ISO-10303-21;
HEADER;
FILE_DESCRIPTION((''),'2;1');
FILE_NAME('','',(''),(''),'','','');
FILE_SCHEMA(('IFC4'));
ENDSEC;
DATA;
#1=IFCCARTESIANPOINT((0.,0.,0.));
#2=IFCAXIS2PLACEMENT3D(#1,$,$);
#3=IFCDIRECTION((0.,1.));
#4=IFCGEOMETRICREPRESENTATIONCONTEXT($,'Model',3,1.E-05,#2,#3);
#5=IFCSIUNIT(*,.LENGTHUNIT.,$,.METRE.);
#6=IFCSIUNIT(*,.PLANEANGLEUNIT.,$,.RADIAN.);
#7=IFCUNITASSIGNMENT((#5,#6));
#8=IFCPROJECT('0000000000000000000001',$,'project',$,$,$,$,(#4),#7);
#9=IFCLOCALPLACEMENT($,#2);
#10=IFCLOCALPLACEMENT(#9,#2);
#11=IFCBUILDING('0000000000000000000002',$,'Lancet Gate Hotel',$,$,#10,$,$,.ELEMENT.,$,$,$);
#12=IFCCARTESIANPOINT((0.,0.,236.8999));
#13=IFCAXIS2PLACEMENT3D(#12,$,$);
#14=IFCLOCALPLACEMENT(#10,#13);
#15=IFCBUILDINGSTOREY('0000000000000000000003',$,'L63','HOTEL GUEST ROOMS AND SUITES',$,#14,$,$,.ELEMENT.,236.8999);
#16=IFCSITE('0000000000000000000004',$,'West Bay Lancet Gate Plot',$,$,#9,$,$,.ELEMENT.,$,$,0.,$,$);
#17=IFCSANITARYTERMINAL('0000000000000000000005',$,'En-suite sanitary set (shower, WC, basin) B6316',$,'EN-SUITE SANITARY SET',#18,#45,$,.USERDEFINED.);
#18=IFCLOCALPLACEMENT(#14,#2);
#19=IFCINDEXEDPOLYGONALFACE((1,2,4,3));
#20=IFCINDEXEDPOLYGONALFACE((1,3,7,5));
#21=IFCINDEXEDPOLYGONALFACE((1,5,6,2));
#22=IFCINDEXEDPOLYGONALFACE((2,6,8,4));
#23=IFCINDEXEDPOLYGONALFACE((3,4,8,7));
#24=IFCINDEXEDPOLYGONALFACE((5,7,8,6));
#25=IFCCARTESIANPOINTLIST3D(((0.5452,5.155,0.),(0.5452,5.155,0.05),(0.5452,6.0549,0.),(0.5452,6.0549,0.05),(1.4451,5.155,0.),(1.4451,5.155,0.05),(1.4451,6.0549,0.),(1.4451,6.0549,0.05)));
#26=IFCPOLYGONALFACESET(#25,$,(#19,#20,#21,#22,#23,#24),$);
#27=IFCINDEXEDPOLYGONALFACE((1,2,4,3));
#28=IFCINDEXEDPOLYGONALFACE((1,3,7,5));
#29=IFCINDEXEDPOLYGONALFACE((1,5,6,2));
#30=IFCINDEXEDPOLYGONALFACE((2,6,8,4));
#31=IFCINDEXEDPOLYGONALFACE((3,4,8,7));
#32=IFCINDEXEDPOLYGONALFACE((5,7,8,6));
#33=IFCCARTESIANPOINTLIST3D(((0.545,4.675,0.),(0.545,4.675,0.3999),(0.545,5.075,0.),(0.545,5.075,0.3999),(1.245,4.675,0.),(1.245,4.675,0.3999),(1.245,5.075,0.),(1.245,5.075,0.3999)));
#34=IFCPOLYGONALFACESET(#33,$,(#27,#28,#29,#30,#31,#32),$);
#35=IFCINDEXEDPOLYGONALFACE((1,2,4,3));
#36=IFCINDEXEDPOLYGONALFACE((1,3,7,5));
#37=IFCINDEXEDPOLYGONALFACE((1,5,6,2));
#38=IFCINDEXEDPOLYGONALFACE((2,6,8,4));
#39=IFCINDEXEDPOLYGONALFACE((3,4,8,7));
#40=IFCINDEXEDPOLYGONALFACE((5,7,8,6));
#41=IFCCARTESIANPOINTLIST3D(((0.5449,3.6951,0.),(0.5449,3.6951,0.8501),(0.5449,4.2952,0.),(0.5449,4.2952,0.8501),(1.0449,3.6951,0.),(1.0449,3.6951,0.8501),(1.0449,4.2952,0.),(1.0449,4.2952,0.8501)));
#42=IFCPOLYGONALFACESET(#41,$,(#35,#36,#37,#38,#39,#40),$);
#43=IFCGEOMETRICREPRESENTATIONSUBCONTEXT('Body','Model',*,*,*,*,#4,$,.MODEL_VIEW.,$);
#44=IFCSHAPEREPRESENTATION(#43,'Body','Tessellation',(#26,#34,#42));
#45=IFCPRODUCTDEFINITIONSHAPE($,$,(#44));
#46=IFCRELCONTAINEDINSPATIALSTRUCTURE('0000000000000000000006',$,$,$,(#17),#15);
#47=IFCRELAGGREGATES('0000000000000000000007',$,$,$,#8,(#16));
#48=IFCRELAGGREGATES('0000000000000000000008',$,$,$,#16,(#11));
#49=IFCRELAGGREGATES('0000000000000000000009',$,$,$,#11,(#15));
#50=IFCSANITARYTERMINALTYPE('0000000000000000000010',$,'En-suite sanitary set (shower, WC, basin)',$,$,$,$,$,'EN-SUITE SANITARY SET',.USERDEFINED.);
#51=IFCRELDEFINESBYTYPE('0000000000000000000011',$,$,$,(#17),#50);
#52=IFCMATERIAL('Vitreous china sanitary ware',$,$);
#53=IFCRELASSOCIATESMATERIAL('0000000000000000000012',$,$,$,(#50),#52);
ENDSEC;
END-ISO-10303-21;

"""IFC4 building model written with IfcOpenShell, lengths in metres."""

from ifc_helpers import new_model, si_unit, direction, frame, origin, origin_2d, place, context, subcontext, project, spatial, rectangle, extrude, material, type_object, element, save


model = new_model("IFC4")

# Units and contexts
model_context = context("Model", 3, precision=1e-05, world=origin(), true_north=direction((0.0, 1.0)))
body_context = subcontext(model_context, "Body", "Model", "MODEL_VIEW")
ifc_project = project(units=[si_unit("LENGTHUNIT", "METRE"), si_unit("PLANEANGLEUNIT", "RADIAN")], contexts=[model_context])

# Site, building, storey
site_placement = place(None, origin())
site = spatial("IfcSite", under=ifc_project, at=site_placement, Name="West Bay Lancet Gate Plot", CompositionType="ELEMENT", RefElevation=0.0)
building_placement = place(site_placement, origin())
building = spatial("IfcBuilding", under=site, at=building_placement, Name="Lancet Gate Hotel", CompositionType="ELEMENT")
storey_placement = place(building_placement, frame((0.0, 0.0, 236.8999)))
storey = spatial("IfcBuildingStorey", under=building, at=storey_placement, Name="L63", Description="HOTEL GUEST ROOMS AND SUITES", CompositionType="ELEMENT", Elevation=236.8999)

# Sanitary terminal
ifc_material_1 = material(Name="Vitreous china sanitary ware")
sanitary_terminal_type = type_object("IfcSanitaryTerminalType", Name="En-suite sanitary set (shower, WC, basin)", ElementType="EN-SUITE SANITARY SET", PredefinedType="USERDEFINED", material=ifc_material_1)
sanitary_terminal_placement = place(storey_placement, frame((0.9951, 5.605, 0.0), z_axis=(0.0, 0.0, 1.0), x_axis=(1.0, 0.0, 0.0)))
element("IfcSanitaryTerminal", 1, at=sanitary_terminal_placement, inside=storey, type_object=sanitary_terminal_type, Name="En-suite sanitary set (shower, WC, basin) B6316", ObjectType="EN-SUITE SANITARY SET", PredefinedType="USERDEFINED", context=body_context, shape_type="SweptSolid", body=[
    extrude(rectangle(XDim=0.8999, YDim=0.8999, at=origin_2d()), frame((0.0, 0.0, 0.0), z_axis=(0.0, 0.0, 1.0), x_axis=(0.0, 1.0, 0.0)), (0.0, 0.0, 1.0), 0.05),
    extrude(rectangle(XDim=0.3999, YDim=0.7, at=origin_2d()), frame((-0.1001, -0.73, 0.0), z_axis=(0.0, 0.0, 1.0), x_axis=(0.0, 1.0, 0.0)), (0.0, 0.0, 1.0), 0.3999),
    extrude(rectangle(XDim=0.6001, YDim=0.5, at=origin_2d()), frame((-0.2002, -1.6099, 0.0), z_axis=(0.0, 0.0, 1.0), x_axis=(0.0, 1.0, 0.0)), (0.0, 0.0, 1.0), 0.8501),
])

save(model, "model.ifc")
